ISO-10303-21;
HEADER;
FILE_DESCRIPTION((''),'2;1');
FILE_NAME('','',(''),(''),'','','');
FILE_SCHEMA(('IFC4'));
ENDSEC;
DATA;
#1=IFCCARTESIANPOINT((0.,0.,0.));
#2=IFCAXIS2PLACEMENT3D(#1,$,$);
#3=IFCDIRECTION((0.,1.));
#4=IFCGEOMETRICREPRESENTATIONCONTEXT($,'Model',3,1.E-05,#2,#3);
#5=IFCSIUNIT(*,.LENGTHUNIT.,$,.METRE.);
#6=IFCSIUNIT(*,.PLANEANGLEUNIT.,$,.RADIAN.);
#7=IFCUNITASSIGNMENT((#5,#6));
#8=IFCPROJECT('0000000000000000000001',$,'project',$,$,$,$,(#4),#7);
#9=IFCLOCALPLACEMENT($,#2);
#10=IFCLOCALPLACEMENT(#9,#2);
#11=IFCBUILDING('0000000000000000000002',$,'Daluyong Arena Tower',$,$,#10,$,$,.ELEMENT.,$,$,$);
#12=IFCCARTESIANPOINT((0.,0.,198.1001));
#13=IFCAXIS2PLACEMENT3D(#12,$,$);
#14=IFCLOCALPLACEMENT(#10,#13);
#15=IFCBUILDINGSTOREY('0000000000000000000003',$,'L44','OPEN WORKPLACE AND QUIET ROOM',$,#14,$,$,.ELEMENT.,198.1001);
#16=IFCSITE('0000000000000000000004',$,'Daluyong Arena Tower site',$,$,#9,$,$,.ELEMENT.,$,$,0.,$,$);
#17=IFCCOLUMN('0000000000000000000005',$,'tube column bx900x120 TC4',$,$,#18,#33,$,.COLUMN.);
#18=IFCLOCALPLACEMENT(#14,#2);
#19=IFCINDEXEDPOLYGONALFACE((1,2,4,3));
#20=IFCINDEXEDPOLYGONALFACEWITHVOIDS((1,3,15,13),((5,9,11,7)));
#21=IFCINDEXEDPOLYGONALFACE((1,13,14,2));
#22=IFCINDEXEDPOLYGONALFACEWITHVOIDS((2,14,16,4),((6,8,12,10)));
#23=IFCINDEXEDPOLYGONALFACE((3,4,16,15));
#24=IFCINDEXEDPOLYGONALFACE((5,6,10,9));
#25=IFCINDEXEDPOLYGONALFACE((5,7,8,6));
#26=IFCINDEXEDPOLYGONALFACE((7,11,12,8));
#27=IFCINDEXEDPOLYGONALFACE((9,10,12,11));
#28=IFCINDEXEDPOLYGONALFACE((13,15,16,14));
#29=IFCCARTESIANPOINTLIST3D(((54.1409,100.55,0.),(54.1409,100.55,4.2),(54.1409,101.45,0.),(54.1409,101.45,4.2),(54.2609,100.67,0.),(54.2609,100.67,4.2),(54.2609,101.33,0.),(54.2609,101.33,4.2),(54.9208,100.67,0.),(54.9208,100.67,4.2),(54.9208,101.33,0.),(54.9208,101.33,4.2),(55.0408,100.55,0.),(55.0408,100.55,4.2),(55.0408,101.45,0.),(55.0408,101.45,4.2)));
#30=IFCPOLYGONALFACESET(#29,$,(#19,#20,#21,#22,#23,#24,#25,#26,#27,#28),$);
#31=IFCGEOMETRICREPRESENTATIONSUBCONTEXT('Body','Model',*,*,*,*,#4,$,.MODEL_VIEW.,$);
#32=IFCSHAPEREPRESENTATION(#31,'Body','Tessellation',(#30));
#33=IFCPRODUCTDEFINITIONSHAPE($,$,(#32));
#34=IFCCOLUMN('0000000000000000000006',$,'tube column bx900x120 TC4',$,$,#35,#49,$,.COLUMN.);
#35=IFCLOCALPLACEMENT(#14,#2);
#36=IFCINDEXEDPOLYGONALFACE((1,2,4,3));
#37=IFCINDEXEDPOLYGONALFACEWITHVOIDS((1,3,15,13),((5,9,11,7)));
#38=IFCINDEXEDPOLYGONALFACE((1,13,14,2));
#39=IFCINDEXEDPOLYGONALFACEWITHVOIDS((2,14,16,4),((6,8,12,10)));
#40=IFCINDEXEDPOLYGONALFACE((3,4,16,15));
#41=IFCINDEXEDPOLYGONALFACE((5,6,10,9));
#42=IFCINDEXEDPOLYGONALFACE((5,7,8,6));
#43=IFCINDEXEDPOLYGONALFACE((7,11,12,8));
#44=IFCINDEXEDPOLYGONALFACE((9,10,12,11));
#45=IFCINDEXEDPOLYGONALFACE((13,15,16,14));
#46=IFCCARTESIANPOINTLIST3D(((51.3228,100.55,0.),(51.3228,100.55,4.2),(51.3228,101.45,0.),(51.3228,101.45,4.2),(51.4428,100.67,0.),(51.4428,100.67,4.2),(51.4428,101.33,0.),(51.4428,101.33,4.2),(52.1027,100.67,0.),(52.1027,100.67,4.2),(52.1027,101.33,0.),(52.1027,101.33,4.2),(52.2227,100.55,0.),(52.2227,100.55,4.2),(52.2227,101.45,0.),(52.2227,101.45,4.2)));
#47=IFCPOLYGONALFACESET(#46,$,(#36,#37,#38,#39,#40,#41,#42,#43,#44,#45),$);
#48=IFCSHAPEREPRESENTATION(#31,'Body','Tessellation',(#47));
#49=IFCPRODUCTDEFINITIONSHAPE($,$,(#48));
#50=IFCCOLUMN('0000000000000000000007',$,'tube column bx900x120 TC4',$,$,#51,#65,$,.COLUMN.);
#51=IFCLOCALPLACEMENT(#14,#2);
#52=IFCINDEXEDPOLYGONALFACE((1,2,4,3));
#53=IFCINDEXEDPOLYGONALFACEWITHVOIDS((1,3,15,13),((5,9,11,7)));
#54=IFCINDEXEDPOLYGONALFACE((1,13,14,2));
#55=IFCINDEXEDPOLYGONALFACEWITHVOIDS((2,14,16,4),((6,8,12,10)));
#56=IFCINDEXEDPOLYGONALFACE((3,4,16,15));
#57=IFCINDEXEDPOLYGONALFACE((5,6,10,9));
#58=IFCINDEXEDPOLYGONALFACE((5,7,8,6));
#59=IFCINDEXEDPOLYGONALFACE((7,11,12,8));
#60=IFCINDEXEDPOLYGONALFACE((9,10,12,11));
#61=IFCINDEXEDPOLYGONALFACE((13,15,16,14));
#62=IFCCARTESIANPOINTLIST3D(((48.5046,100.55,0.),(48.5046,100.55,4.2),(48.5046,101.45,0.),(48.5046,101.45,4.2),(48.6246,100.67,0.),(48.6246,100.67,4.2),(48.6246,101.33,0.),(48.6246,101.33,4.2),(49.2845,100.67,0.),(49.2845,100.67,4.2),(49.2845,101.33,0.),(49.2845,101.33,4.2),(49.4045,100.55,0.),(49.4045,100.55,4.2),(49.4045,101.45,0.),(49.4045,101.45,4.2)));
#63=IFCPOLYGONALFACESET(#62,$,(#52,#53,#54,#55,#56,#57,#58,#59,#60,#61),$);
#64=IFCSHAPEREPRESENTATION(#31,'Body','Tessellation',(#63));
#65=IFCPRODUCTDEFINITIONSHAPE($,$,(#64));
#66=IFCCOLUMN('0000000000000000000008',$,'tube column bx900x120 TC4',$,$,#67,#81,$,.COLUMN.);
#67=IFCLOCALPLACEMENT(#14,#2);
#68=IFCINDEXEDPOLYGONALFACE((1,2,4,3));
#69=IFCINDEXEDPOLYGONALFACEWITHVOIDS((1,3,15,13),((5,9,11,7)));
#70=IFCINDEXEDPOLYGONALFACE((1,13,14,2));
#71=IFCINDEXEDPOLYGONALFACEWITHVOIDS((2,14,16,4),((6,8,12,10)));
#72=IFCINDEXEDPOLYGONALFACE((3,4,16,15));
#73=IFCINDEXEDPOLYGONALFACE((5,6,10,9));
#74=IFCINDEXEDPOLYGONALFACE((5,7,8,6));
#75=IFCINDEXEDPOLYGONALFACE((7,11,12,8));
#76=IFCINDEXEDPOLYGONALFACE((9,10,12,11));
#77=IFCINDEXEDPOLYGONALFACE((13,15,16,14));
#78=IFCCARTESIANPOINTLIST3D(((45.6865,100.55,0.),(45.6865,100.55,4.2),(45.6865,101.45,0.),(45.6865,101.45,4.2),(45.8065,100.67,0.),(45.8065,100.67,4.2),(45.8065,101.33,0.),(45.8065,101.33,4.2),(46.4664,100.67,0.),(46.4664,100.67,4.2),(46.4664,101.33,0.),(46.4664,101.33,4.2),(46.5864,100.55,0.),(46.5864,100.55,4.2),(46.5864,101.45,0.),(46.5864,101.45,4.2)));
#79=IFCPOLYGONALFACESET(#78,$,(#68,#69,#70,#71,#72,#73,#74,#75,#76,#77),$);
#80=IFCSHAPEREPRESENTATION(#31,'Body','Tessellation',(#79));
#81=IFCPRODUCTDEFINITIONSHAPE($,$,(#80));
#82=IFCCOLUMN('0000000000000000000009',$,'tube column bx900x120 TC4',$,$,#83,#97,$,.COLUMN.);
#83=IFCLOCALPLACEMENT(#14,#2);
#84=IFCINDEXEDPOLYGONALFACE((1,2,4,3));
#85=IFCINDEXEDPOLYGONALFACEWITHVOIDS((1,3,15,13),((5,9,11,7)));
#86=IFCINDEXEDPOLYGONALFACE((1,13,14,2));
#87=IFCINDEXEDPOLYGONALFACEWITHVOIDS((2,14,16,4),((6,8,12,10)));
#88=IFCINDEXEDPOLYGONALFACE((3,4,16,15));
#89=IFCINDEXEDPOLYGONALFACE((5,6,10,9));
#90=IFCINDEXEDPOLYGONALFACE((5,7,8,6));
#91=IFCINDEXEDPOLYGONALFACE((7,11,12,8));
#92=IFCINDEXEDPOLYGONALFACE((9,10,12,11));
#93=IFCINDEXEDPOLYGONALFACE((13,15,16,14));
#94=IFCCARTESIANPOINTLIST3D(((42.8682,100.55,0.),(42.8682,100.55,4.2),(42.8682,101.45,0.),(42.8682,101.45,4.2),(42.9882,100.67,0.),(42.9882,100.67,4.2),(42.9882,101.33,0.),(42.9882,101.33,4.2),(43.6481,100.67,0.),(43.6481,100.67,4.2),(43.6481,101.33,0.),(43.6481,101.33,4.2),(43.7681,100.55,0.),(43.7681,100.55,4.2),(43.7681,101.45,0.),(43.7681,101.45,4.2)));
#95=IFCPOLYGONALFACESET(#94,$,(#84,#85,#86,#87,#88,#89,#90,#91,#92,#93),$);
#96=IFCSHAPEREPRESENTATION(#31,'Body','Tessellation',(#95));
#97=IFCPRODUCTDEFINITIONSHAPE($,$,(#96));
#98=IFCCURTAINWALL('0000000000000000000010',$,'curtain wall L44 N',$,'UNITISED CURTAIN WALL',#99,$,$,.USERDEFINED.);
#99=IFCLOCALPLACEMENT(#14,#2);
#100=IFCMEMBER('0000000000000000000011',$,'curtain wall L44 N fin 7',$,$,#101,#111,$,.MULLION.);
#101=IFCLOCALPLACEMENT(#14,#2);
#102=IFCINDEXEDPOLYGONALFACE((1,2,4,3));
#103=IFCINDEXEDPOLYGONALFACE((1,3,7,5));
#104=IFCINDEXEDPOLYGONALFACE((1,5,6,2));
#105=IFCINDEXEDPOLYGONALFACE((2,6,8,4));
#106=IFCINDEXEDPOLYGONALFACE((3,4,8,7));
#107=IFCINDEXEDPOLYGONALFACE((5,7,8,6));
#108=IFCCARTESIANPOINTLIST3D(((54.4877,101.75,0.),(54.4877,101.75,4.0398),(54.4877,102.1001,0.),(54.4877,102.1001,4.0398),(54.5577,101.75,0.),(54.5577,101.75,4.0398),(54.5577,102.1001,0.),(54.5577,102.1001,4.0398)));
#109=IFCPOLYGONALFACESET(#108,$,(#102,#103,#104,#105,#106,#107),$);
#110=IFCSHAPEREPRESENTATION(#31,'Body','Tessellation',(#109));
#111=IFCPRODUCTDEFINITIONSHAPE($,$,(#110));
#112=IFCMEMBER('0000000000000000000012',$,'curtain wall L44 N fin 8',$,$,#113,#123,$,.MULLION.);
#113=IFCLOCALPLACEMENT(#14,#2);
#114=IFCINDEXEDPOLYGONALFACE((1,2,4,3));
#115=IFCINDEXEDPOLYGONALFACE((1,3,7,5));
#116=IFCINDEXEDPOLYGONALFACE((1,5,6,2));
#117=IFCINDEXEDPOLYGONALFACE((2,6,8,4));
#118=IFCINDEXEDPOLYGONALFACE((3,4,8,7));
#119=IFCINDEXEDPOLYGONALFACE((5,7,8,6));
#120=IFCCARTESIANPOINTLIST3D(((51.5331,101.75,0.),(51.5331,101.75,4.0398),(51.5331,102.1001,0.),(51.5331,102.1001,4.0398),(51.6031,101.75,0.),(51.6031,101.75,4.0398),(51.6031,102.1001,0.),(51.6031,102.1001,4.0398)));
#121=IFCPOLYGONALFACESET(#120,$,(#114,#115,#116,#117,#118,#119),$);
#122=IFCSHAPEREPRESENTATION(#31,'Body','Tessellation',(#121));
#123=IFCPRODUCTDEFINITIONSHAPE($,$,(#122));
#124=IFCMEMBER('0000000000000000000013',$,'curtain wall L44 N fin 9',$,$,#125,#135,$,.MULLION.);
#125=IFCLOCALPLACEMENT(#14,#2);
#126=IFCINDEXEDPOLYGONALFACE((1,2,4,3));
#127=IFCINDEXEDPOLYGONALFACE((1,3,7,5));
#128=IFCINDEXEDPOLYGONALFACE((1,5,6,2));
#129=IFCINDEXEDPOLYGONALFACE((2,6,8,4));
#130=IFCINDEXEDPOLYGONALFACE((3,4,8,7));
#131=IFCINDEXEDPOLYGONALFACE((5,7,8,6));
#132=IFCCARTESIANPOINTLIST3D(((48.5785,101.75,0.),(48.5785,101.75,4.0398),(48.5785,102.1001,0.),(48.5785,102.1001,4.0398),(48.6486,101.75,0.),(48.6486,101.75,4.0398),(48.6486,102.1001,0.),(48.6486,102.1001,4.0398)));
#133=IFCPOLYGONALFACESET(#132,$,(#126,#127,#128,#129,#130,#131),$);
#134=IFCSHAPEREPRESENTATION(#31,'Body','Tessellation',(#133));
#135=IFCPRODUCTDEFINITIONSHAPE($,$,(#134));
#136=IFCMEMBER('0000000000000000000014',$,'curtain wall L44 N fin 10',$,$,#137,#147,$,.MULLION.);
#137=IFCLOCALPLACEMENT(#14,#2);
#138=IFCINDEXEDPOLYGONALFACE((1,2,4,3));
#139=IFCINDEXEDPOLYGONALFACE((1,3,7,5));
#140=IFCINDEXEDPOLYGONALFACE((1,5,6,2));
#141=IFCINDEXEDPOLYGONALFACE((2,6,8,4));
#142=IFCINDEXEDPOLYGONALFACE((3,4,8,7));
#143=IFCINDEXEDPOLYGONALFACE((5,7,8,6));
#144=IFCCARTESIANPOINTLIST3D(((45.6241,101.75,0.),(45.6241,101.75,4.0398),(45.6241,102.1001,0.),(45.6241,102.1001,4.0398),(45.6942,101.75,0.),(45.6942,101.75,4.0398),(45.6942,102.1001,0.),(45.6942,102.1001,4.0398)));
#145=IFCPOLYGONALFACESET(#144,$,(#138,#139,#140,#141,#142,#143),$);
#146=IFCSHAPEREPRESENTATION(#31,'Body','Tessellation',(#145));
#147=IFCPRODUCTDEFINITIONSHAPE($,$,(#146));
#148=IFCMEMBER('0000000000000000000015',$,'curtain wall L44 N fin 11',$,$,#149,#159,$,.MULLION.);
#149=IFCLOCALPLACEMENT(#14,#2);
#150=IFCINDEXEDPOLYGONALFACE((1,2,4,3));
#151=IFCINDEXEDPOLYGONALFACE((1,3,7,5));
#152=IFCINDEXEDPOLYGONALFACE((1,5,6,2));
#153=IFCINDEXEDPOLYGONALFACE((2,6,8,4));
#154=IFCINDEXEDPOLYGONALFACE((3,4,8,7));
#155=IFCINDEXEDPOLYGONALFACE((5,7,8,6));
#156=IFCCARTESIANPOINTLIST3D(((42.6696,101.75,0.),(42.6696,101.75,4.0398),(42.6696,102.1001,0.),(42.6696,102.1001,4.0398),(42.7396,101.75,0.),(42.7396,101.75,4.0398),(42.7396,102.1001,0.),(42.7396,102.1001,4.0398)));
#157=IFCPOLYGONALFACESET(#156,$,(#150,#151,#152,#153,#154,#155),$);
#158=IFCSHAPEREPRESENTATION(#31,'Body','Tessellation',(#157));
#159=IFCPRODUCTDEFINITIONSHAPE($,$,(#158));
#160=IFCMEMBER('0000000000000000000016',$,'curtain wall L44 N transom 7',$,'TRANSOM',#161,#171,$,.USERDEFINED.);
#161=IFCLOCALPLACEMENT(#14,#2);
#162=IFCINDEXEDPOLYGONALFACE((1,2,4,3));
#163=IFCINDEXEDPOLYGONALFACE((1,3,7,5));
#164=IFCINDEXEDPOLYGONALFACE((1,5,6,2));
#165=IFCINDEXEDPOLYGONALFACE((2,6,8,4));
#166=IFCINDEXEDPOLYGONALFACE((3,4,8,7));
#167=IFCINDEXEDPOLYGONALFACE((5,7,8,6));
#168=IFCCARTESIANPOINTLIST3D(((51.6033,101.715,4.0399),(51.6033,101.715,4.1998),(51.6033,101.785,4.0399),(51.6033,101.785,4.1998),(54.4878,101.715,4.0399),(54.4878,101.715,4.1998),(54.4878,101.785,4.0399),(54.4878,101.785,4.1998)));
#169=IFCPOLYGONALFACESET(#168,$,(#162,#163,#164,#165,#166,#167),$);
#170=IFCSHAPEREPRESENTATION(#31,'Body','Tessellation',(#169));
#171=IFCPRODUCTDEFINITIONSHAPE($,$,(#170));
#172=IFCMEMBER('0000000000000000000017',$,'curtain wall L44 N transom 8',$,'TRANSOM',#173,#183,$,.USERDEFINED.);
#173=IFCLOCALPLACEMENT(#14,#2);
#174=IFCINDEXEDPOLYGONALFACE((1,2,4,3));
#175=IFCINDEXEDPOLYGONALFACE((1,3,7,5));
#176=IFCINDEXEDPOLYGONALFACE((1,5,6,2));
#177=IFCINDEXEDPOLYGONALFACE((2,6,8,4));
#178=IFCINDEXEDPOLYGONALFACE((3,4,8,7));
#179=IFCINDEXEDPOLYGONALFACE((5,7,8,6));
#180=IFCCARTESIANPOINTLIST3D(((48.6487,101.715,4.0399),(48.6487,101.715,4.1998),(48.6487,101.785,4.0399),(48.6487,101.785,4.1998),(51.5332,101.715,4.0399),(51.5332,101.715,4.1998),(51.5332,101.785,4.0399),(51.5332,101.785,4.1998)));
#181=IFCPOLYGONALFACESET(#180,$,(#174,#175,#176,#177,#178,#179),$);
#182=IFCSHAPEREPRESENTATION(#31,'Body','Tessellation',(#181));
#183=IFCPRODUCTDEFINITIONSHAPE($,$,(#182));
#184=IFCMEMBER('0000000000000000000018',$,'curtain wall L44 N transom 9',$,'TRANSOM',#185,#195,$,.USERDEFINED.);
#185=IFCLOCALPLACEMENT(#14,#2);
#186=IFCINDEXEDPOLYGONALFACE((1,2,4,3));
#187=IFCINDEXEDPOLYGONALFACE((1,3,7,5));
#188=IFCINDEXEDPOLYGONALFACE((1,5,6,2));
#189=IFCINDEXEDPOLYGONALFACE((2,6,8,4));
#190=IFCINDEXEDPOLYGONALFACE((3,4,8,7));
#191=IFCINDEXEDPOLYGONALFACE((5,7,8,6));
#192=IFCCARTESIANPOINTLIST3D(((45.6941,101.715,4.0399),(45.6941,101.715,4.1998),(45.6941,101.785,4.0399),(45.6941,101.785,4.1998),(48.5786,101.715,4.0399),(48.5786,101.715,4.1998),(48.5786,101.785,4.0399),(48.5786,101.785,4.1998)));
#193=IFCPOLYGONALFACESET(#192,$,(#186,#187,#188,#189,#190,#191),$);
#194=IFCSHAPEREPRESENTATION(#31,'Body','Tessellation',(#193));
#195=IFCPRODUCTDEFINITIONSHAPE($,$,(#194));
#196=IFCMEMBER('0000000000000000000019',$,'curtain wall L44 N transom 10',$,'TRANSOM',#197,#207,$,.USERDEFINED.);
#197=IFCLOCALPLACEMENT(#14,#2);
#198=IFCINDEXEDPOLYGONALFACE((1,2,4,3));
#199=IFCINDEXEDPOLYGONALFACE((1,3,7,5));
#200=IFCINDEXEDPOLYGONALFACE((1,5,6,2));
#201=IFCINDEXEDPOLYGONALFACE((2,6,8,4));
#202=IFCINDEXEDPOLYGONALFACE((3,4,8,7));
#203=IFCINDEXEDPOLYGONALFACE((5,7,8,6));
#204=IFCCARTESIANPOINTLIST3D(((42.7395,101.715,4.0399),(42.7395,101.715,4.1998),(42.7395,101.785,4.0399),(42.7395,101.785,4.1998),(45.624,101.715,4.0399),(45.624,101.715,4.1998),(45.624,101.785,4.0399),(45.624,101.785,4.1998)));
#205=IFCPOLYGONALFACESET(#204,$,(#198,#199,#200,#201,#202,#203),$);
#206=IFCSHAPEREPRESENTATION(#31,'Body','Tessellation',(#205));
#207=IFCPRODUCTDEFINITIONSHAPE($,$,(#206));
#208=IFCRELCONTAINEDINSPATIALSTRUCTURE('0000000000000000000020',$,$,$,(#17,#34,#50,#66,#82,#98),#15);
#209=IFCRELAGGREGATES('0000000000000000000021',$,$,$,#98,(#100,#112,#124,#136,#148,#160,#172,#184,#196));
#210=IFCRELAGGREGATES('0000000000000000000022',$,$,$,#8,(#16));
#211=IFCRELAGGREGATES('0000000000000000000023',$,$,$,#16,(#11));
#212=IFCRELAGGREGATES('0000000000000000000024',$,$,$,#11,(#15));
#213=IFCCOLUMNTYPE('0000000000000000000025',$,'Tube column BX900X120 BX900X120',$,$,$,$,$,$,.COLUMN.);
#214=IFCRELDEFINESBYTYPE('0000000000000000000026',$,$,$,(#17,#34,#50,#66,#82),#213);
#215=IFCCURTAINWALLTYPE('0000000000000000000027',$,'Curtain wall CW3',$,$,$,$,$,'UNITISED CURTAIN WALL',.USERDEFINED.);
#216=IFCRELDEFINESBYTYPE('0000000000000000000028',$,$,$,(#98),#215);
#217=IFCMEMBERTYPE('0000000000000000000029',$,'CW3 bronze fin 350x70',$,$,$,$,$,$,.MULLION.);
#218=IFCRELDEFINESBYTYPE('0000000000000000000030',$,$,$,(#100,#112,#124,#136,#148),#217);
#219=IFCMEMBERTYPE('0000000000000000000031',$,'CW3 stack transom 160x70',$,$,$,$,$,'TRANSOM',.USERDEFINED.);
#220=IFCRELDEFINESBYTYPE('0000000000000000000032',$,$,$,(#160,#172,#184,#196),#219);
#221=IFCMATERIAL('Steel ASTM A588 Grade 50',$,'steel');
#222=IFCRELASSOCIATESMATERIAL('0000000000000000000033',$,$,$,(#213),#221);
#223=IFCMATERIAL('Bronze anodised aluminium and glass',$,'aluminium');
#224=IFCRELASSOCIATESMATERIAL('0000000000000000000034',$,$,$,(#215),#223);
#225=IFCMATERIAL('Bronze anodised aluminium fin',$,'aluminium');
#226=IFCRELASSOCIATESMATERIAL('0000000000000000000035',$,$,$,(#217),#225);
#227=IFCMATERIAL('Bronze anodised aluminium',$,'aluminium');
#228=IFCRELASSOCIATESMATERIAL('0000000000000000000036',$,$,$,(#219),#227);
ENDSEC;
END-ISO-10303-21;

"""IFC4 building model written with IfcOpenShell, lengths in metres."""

from ifc_helpers import new_model, si_unit, direction, frame, origin, origin_2d, place, context, subcontext, project, spatial, rectangle, hollow_rectangle, extrude, material, material_profile, profile_set, type_object, element, aggregate, save


model = new_model("IFC4")

# Units and contexts
model_context = context("Model", 3, precision=1e-05, world=origin(), true_north=direction((0.0, 1.0)))
body_context = subcontext(model_context, "Body", "Model", "MODEL_VIEW")
ifc_project = project(units=[si_unit("LENGTHUNIT", "METRE"), si_unit("PLANEANGLEUNIT", "RADIAN")], contexts=[model_context])

# Site, building, storey
site_placement = place(None, origin())
site = spatial("IfcSite", under=ifc_project, at=site_placement, Name="Daluyong Arena Tower site", CompositionType="ELEMENT", RefElevation=0.0)
building_placement = place(site_placement, origin())
building = spatial("IfcBuilding", under=site, at=building_placement, Name="Daluyong Arena Tower", CompositionType="ELEMENT")
storey_placement = place(building_placement, frame((0.0, 0.0, 198.1001)))
storey = spatial("IfcBuildingStorey", under=building, at=storey_placement, Name="L44", Description="OPEN WORKPLACE AND QUIET ROOM", CompositionType="ELEMENT", Elevation=198.1001)

# Columns
ifc_material_1 = material(Name="Steel ASTM A588 Grade 50", Category="steel")
ifc_material_profile_1 = material_profile(ifc_material_1, hollow_rectangle(XDim=0.8999, YDim=0.8999, WallThickness=0.12, at=origin_2d()))
ifc_profile_set_1 = profile_set([ifc_material_profile_1], Name="Steel ASTM A588 Grade 50")
column_type = type_object("IfcColumnType", Name="Tube column BX900X120 BX900X120", PredefinedType="COLUMN", material=ifc_profile_set_1)
for number, where, z_axis, x_axis, name in (
    (1, (54.5908, 101.0, 0.0), (0.0, 0.0, 1.0), (1.0, 0.0, 0.0), "tube column bx900x120 TC4"),
    (2, (51.7727, 101.0, 0.0), (0.0, 0.0, 1.0), (1.0, 0.0, 0.0), "tube column bx900x120 TC4"),
    (3, (48.9546, 101.0, 0.0), (0.0, 0.0, 1.0), (1.0, 0.0, 0.0), "tube column bx900x120 TC4"),
    (4, (46.1365, 101.0, 0.0), (0.0, 0.0, 1.0), (1.0, 0.0, 0.0), "tube column bx900x120 TC4"),
    (5, (43.3181, 101.0, 0.0), (0.0, 0.0, 1.0), (1.0, 0.0, 0.0), "tube column bx900x120 TC4"),
):
    element("IfcColumn", number, at=place(storey_placement, frame(where, z_axis=z_axis, x_axis=x_axis)), inside=storey, type_object=column_type, Name=name, PredefinedType="COLUMN", context=body_context, shape_type="SweptSolid", body=[
        extrude(hollow_rectangle(XDim=0.8999, YDim=0.8999, WallThickness=0.12, at=origin_2d()), origin(), (0.0, 0.0, 1.0), 4.2),
    ])

# Curtain wall, members
ifc_material_2 = material(Name="Bronze anodised aluminium and glass", Category="aluminium")
curtain_wall_type = type_object("IfcCurtainWallType", Name="Curtain wall CW3", ElementType="UNITISED CURTAIN WALL", PredefinedType="USERDEFINED", material=ifc_material_2)
curtain_wall_placement = place(storey_placement, origin())
curtain_wall = element("IfcCurtainWall", 6, at=curtain_wall_placement, inside=storey, type_object=curtain_wall_type, Name="curtain wall L44 N", ObjectType="UNITISED CURTAIN WALL", PredefinedType="USERDEFINED")
ifc_material_3 = material(Name="Bronze anodised aluminium fin", Category="aluminium")
ifc_material_profile_2 = material_profile(ifc_material_3, rectangle(XDim=0.3501, YDim=0.0701, at=origin_2d()))
ifc_profile_set_2 = profile_set([ifc_material_profile_2], Name="Bronze anodised aluminium fin")
member_type_1 = type_object("IfcMemberType", Name="CW3 bronze fin 350x70", PredefinedType="MULLION", material=ifc_profile_set_2)
member_1_placement = place(storey_placement, frame((54.5227, 101.925, 0.0), z_axis=(0.0, 0.0, 1.0), x_axis=(0.0, -1.0, 0.0)))
member_1 = element("IfcMember", 7, at=member_1_placement, type_object=member_type_1, Name="curtain wall L44 N fin 7", PredefinedType="MULLION", context=body_context, shape_type="SweptSolid", body=[
    extrude(rectangle(XDim=0.3501, YDim=0.0701, at=origin_2d()), origin(), (0.0, 0.0, 1.0), 4.0398),
])
member_2_placement = place(storey_placement, frame((51.5681, 101.925, 0.0), z_axis=(0.0, 0.0, 1.0), x_axis=(0.0, -1.0, 0.0)))
member_2 = element("IfcMember", 8, at=member_2_placement, type_object=member_type_1, Name="curtain wall L44 N fin 8", PredefinedType="MULLION", context=body_context, shape_type="SweptSolid", body=[
    extrude(rectangle(XDim=0.3501, YDim=0.0701, at=origin_2d()), origin(), (0.0, 0.0, 1.0), 4.0398),
])
member_3_placement = place(storey_placement, frame((48.6135, 101.925, 0.0), z_axis=(0.0, 0.0, 1.0), x_axis=(0.0, -1.0, 0.0)))
member_3 = element("IfcMember", 9, at=member_3_placement, type_object=member_type_1, Name="curtain wall L44 N fin 9", PredefinedType="MULLION", context=body_context, shape_type="SweptSolid", body=[
    extrude(rectangle(XDim=0.3501, YDim=0.0701, at=origin_2d()), origin(), (0.0, 0.0, 1.0), 4.0398),
])
member_4_placement = place(storey_placement, frame((45.6592, 101.925, 0.0), z_axis=(0.0, 0.0, 1.0), x_axis=(0.0, -1.0, 0.0)))
member_4 = element("IfcMember", 10, at=member_4_placement, type_object=member_type_1, Name="curtain wall L44 N fin 10", PredefinedType="MULLION", context=body_context, shape_type="SweptSolid", body=[
    extrude(rectangle(XDim=0.3501, YDim=0.0701, at=origin_2d()), origin(), (0.0, 0.0, 1.0), 4.0398),
])
member_5_placement = place(storey_placement, frame((42.7046, 101.925, 0.0), z_axis=(0.0, 0.0, 1.0), x_axis=(0.0, -1.0, 0.0)))
member_5 = element("IfcMember", 11, at=member_5_placement, type_object=member_type_1, Name="curtain wall L44 N fin 11", PredefinedType="MULLION", context=body_context, shape_type="SweptSolid", body=[
    extrude(rectangle(XDim=0.3501, YDim=0.0701, at=origin_2d()), origin(), (0.0, 0.0, 1.0), 4.0398),
])
ifc_material_4 = material(Name="Bronze anodised aluminium", Category="aluminium")
ifc_material_profile_3 = material_profile(ifc_material_4, rectangle(XDim=0.0701, YDim=0.1599, at=origin_2d()))
ifc_profile_set_3 = profile_set([ifc_material_profile_3], Name="Bronze anodised aluminium")
member_type_2 = type_object("IfcMemberType", Name="CW3 stack transom 160x70", ElementType="TRANSOM", PredefinedType="USERDEFINED", material=ifc_profile_set_3)
member_6_placement = place(storey_placement, frame((54.4878, 101.75, 4.1199), z_axis=(-1.0, 0.0, 0.0), x_axis=(0.0, -1.0, 0.0)))
member_6 = element("IfcMember", 12, at=member_6_placement, type_object=member_type_2, Name="curtain wall L44 N transom 7", ObjectType="TRANSOM", PredefinedType="USERDEFINED", context=body_context, shape_type="SweptSolid", body=[
    extrude(rectangle(XDim=0.0701, YDim=0.1599, at=origin_2d()), origin(), (0.0, 0.0, 1.0), 2.8845),
])
member_7_placement = place(storey_placement, frame((51.5332, 101.75, 4.1199), z_axis=(-1.0, 0.0, 0.0), x_axis=(0.0, -1.0, 0.0)))
member_7 = element("IfcMember", 13, at=member_7_placement, type_object=member_type_2, Name="curtain wall L44 N transom 8", ObjectType="TRANSOM", PredefinedType="USERDEFINED", context=body_context, shape_type="SweptSolid", body=[
    extrude(rectangle(XDim=0.0701, YDim=0.1599, at=origin_2d()), origin(), (0.0, 0.0, 1.0), 2.8845),
])
member_8_placement = place(storey_placement, frame((48.5786, 101.75, 4.1199), z_axis=(-1.0, 0.0, 0.0), x_axis=(0.0, -1.0, 0.0)))
member_8 = element("IfcMember", 14, at=member_8_placement, type_object=member_type_2, Name="curtain wall L44 N transom 9", ObjectType="TRANSOM", PredefinedType="USERDEFINED", context=body_context, shape_type="SweptSolid", body=[
    extrude(rectangle(XDim=0.0701, YDim=0.1599, at=origin_2d()), origin(), (0.0, 0.0, 1.0), 2.8845),
])
member_9_placement = place(storey_placement, frame((45.624, 101.75, 4.1199), z_axis=(-1.0, 0.0, 0.0), x_axis=(0.0, -1.0, 0.0)))
member_9 = element("IfcMember", 15, at=member_9_placement, type_object=member_type_2, Name="curtain wall L44 N transom 10", ObjectType="TRANSOM", PredefinedType="USERDEFINED", context=body_context, shape_type="SweptSolid", body=[
    extrude(rectangle(XDim=0.0701, YDim=0.1599, at=origin_2d()), origin(), (0.0, 0.0, 1.0), 2.8845),
])

aggregate(curtain_wall, [member_1, member_2, member_3, member_4, member_5, member_6, member_7, member_8, member_9])

save(model, "model.ifc")
